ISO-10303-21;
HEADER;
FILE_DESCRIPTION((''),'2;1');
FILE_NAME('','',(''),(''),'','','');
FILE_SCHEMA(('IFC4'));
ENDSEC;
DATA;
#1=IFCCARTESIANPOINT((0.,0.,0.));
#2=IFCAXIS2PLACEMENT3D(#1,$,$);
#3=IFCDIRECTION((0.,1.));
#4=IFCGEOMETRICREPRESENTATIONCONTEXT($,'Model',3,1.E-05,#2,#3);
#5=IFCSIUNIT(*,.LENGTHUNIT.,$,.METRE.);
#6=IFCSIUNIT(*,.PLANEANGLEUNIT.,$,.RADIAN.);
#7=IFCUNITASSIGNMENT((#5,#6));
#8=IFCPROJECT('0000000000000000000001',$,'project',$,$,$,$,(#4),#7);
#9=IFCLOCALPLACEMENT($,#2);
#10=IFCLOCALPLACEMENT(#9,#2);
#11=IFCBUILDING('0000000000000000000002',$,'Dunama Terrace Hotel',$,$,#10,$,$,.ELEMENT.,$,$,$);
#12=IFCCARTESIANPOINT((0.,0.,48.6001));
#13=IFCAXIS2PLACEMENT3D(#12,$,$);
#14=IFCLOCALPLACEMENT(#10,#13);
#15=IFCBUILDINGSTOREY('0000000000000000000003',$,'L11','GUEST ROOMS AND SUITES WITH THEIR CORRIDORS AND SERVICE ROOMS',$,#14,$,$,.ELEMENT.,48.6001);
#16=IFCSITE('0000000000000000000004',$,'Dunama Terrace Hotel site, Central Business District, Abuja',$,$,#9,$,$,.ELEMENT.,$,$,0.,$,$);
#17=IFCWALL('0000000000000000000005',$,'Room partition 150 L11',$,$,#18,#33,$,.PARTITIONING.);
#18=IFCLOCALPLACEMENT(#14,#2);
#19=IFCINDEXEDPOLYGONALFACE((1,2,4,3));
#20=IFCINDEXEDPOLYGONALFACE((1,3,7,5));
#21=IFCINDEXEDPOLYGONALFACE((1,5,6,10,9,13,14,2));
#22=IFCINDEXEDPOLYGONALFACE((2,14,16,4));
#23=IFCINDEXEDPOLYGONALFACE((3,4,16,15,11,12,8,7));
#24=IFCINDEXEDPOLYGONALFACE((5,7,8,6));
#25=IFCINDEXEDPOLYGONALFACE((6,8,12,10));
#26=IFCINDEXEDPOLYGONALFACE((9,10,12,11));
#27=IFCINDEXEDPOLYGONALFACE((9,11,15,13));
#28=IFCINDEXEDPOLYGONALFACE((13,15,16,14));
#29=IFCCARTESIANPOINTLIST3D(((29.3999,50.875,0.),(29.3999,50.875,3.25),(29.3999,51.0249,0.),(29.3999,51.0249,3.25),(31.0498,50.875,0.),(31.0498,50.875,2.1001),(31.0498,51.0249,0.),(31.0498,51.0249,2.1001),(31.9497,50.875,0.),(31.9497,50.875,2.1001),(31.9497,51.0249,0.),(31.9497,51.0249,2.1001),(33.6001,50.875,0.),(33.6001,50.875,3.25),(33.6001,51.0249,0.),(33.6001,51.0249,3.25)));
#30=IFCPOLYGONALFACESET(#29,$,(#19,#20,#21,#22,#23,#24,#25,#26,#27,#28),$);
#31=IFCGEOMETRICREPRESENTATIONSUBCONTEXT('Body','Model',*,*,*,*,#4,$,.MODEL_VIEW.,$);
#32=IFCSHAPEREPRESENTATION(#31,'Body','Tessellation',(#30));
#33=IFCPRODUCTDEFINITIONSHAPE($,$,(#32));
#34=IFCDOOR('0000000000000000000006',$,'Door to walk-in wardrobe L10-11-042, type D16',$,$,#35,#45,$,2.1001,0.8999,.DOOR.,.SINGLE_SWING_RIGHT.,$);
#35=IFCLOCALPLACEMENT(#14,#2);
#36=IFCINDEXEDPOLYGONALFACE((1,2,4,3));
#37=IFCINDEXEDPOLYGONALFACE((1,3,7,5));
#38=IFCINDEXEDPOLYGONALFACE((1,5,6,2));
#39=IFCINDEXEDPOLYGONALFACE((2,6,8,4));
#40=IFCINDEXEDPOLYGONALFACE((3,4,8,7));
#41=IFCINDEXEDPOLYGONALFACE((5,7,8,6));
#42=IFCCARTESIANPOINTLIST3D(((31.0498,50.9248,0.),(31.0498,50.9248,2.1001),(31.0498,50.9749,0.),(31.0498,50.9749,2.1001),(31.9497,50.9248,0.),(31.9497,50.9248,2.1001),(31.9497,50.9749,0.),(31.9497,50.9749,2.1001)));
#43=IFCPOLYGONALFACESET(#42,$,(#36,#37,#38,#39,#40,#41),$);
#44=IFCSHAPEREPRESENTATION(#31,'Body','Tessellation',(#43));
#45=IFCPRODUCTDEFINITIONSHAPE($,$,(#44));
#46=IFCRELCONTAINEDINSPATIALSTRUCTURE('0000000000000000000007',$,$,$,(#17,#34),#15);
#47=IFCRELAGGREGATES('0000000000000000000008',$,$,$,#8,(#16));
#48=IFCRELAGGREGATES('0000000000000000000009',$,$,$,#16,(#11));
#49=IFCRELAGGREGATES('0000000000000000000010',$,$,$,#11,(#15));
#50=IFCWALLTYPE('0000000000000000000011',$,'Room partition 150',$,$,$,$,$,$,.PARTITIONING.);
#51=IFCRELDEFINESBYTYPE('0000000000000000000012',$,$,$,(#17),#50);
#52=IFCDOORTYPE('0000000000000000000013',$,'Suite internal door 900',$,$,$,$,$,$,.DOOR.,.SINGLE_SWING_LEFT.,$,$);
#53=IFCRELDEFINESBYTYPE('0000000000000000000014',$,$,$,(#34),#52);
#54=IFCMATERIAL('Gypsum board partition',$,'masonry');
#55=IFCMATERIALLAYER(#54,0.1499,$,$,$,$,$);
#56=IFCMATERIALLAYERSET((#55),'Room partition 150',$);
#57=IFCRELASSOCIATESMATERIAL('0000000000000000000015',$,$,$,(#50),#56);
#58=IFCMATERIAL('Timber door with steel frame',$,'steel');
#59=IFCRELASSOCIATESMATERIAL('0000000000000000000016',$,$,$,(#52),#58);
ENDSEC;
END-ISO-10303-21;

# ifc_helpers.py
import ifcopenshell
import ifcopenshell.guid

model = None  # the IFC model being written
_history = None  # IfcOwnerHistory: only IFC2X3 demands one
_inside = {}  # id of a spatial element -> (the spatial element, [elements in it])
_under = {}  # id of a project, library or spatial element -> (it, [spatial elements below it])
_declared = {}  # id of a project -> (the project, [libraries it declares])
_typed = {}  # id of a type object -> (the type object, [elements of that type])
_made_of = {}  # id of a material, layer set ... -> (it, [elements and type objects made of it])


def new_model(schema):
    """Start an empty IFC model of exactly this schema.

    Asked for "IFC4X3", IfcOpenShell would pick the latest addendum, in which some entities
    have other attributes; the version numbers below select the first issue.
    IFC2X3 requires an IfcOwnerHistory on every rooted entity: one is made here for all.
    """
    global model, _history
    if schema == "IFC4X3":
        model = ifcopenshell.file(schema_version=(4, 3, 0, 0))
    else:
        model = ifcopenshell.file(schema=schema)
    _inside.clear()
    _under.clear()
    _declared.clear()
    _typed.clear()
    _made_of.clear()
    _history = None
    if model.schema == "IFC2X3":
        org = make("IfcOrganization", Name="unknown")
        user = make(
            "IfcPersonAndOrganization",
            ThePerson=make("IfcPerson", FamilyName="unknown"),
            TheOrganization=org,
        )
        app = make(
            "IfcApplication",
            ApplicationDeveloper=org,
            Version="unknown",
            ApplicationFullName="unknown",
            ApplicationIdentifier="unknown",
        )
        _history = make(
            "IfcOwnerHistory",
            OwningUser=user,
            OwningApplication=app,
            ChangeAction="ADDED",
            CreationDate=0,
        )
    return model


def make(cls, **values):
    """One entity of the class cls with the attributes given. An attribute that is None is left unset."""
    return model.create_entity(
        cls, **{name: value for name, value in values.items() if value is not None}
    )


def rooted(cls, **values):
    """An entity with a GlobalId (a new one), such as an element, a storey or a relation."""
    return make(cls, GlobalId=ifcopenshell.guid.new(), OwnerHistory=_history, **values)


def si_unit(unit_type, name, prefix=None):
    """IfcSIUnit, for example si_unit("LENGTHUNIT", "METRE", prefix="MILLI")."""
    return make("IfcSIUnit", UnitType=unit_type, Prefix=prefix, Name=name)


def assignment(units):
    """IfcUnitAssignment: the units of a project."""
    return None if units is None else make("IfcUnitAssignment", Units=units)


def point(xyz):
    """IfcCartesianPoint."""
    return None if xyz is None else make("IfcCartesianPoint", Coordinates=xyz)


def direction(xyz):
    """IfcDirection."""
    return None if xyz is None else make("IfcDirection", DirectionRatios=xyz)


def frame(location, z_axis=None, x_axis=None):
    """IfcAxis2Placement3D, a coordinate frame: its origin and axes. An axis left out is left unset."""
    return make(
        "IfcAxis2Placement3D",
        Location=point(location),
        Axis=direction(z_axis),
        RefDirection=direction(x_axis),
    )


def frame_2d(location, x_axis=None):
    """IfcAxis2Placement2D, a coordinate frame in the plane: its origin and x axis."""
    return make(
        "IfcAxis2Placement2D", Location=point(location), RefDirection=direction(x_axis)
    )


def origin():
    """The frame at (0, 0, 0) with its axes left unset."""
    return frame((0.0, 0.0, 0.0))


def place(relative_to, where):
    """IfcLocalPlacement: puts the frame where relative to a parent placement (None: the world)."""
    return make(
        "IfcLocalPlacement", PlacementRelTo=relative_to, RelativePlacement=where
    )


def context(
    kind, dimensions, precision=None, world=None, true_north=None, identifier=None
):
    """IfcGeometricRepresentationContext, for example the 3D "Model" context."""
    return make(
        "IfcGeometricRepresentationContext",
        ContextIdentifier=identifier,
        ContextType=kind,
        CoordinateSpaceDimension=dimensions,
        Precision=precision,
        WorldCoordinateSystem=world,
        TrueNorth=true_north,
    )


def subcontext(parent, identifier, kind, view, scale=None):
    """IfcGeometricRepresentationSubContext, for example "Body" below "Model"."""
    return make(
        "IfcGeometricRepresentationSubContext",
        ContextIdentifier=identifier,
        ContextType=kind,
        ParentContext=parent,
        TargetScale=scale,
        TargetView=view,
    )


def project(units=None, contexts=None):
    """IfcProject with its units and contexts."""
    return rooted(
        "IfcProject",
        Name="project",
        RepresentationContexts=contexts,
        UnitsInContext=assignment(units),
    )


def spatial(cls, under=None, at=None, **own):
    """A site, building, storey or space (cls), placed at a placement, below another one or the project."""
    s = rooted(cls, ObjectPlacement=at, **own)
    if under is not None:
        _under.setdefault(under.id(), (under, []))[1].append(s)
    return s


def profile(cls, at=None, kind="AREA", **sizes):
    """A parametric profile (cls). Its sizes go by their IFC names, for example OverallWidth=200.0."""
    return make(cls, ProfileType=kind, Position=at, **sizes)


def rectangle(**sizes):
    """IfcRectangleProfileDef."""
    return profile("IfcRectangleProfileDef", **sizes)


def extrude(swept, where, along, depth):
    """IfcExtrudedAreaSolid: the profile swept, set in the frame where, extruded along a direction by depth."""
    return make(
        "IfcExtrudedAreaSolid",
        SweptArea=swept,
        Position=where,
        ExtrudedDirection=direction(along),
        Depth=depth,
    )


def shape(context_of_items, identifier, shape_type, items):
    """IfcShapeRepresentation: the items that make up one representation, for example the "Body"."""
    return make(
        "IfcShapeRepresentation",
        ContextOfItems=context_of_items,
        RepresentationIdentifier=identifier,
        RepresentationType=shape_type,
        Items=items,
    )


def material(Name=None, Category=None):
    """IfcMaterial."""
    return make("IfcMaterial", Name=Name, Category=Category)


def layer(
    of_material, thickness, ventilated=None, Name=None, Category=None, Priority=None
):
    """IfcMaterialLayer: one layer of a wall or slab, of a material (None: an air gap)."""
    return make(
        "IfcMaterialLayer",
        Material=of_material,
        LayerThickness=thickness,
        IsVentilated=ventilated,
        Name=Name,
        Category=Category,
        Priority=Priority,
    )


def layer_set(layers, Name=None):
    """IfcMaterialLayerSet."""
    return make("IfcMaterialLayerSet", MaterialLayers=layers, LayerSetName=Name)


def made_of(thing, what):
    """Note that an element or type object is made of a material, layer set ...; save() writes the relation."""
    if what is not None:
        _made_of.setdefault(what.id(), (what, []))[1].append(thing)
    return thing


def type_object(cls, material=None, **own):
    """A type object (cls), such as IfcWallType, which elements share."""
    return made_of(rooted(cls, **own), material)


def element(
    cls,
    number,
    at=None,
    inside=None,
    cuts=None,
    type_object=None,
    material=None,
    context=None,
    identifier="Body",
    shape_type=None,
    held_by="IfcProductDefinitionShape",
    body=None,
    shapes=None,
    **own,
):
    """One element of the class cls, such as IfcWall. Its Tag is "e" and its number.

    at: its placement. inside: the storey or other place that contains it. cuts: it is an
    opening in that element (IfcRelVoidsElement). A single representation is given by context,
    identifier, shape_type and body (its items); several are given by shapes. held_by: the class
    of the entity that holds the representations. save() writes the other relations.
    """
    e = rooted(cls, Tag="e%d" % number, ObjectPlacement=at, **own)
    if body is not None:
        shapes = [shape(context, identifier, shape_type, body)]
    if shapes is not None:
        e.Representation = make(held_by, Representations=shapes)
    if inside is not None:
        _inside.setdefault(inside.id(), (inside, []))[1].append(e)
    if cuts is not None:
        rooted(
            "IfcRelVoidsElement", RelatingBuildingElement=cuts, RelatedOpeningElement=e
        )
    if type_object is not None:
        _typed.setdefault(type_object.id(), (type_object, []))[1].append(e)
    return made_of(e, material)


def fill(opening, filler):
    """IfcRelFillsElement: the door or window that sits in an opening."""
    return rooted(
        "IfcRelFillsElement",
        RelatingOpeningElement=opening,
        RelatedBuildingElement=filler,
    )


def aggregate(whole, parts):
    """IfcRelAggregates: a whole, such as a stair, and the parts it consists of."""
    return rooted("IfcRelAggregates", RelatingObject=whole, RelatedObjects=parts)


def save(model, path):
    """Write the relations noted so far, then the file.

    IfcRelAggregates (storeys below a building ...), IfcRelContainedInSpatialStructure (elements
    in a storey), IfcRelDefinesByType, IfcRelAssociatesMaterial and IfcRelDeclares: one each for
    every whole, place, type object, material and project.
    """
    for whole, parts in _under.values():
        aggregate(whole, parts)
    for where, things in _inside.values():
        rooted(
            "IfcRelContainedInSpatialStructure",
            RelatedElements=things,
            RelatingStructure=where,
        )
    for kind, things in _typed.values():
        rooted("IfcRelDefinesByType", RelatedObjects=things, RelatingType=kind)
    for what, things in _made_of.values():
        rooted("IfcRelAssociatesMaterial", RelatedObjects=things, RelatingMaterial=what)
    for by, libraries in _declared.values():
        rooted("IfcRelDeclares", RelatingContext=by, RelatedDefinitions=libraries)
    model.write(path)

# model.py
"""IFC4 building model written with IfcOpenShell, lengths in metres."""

from ifc_helpers import new_model, si_unit, direction, frame, frame_2d, origin, place, context, subcontext, project, spatial, rectangle, extrude, material, layer, layer_set, type_object, element, fill, save


model = new_model("IFC4")

# Units and contexts
model_context = context("Model", 3, precision=1e-05, world=origin(), true_north=direction((0.0, 1.0)))
body_context = subcontext(model_context, "Body", "Model", "MODEL_VIEW")
ifc_project = project(units=[si_unit("LENGTHUNIT", "METRE"), si_unit("PLANEANGLEUNIT", "RADIAN")], contexts=[model_context])

# Site, building, storey
site_placement = place(None, origin())
site = spatial("IfcSite", under=ifc_project, at=site_placement, Name="Dunama Terrace Hotel site, Central Business District, Abuja", CompositionType="ELEMENT", RefElevation=0.0)
building_placement = place(site_placement, origin())
building = spatial("IfcBuilding", under=site, at=building_placement, Name="Dunama Terrace Hotel", CompositionType="ELEMENT")
storey_placement = place(building_placement, frame((0.0, 0.0, 48.6001)))
storey = spatial("IfcBuildingStorey", under=building, at=storey_placement, Name="L11", Description="GUEST ROOMS AND SUITES WITH THEIR CORRIDORS AND SERVICE ROOMS", CompositionType="ELEMENT", Elevation=48.6001)

# Shared definitions
ifc_material_1 = material(Name="Gypsum board partition", Category="masonry")
ifc_layer_1 = layer(ifc_material_1, 0.1499)
ifc_layer_set_1 = layer_set([ifc_layer_1], Name="Room partition 150")
wall_type_1 = type_object("IfcWallType", Name="Room partition 150", PredefinedType="PARTITIONING", material=ifc_layer_set_1)
ifc_material_2 = material(Name="Timber door with steel frame", Category="steel")
door_type_1 = type_object("IfcDoorType", Name="Suite internal door 900", OperationType="SINGLE_SWING_LEFT", PredefinedType="DOOR", material=ifc_material_2)

# Wall, opening, door
wall_1_placement = place(storey_placement, frame((29.3999, 50.95, 0.0), z_axis=(0.0, 0.0, 1.0), x_axis=(1.0, 0.0, 0.0)))
wall_1 = element("IfcWall", 1, at=wall_1_placement, inside=storey, type_object=wall_type_1, Name="Room partition 150 L11", PredefinedType="PARTITIONING", context=body_context, shape_type="SweptSolid", body=[
    extrude(rectangle(XDim=4.2002, YDim=0.1499, at=frame_2d((2.1001, 0.0))), origin(), (0.0, 0.0, 1.0), 3.25),
])
opening_1_placement = place(wall_1_placement, frame((1.6499, 0.0, 0.0)))
opening_1 = element("IfcOpeningElement", 2, at=opening_1_placement, cuts=wall_1, PredefinedType="OPENING", context=body_context, shape_type="SweptSolid", body=[
    extrude(rectangle(XDim=0.8999, YDim=2.1001, at=frame_2d((0.45, 1.05))), frame((0.0, 0.085, 0.0), z_axis=(0.0, -1.0, 0.0), x_axis=(1.0, 0.0, 0.0)), (0.0, 0.0, 1.0), 0.1699),
])
door_1_placement = place(opening_1_placement, frame((0.8999, 0.0, 0.0), z_axis=(0.0, 0.0, 1.0), x_axis=(-1.0, 0.0, 0.0)))
door_1 = element("IfcDoor", 3, at=door_1_placement, inside=storey, type_object=door_type_1, Name="Door to walk-in wardrobe L10-11-042, type D16", OperationType="SINGLE_SWING_RIGHT", OverallHeight=2.1001, OverallWidth=0.8999, PredefinedType="DOOR", context=body_context, shape_type="SweptSolid", body=[
    extrude(rectangle(XDim=0.8999, YDim=2.1001, at=frame_2d((0.45, 1.05))), frame((0.0, 0.0251, 0.0), z_axis=(0.0, -1.0, 0.0), x_axis=(1.0, 0.0, 0.0)), (0.0, 0.0, 1.0), 0.05),
])
fill(opening_1, door_1)

save(model, "model.ifc")
